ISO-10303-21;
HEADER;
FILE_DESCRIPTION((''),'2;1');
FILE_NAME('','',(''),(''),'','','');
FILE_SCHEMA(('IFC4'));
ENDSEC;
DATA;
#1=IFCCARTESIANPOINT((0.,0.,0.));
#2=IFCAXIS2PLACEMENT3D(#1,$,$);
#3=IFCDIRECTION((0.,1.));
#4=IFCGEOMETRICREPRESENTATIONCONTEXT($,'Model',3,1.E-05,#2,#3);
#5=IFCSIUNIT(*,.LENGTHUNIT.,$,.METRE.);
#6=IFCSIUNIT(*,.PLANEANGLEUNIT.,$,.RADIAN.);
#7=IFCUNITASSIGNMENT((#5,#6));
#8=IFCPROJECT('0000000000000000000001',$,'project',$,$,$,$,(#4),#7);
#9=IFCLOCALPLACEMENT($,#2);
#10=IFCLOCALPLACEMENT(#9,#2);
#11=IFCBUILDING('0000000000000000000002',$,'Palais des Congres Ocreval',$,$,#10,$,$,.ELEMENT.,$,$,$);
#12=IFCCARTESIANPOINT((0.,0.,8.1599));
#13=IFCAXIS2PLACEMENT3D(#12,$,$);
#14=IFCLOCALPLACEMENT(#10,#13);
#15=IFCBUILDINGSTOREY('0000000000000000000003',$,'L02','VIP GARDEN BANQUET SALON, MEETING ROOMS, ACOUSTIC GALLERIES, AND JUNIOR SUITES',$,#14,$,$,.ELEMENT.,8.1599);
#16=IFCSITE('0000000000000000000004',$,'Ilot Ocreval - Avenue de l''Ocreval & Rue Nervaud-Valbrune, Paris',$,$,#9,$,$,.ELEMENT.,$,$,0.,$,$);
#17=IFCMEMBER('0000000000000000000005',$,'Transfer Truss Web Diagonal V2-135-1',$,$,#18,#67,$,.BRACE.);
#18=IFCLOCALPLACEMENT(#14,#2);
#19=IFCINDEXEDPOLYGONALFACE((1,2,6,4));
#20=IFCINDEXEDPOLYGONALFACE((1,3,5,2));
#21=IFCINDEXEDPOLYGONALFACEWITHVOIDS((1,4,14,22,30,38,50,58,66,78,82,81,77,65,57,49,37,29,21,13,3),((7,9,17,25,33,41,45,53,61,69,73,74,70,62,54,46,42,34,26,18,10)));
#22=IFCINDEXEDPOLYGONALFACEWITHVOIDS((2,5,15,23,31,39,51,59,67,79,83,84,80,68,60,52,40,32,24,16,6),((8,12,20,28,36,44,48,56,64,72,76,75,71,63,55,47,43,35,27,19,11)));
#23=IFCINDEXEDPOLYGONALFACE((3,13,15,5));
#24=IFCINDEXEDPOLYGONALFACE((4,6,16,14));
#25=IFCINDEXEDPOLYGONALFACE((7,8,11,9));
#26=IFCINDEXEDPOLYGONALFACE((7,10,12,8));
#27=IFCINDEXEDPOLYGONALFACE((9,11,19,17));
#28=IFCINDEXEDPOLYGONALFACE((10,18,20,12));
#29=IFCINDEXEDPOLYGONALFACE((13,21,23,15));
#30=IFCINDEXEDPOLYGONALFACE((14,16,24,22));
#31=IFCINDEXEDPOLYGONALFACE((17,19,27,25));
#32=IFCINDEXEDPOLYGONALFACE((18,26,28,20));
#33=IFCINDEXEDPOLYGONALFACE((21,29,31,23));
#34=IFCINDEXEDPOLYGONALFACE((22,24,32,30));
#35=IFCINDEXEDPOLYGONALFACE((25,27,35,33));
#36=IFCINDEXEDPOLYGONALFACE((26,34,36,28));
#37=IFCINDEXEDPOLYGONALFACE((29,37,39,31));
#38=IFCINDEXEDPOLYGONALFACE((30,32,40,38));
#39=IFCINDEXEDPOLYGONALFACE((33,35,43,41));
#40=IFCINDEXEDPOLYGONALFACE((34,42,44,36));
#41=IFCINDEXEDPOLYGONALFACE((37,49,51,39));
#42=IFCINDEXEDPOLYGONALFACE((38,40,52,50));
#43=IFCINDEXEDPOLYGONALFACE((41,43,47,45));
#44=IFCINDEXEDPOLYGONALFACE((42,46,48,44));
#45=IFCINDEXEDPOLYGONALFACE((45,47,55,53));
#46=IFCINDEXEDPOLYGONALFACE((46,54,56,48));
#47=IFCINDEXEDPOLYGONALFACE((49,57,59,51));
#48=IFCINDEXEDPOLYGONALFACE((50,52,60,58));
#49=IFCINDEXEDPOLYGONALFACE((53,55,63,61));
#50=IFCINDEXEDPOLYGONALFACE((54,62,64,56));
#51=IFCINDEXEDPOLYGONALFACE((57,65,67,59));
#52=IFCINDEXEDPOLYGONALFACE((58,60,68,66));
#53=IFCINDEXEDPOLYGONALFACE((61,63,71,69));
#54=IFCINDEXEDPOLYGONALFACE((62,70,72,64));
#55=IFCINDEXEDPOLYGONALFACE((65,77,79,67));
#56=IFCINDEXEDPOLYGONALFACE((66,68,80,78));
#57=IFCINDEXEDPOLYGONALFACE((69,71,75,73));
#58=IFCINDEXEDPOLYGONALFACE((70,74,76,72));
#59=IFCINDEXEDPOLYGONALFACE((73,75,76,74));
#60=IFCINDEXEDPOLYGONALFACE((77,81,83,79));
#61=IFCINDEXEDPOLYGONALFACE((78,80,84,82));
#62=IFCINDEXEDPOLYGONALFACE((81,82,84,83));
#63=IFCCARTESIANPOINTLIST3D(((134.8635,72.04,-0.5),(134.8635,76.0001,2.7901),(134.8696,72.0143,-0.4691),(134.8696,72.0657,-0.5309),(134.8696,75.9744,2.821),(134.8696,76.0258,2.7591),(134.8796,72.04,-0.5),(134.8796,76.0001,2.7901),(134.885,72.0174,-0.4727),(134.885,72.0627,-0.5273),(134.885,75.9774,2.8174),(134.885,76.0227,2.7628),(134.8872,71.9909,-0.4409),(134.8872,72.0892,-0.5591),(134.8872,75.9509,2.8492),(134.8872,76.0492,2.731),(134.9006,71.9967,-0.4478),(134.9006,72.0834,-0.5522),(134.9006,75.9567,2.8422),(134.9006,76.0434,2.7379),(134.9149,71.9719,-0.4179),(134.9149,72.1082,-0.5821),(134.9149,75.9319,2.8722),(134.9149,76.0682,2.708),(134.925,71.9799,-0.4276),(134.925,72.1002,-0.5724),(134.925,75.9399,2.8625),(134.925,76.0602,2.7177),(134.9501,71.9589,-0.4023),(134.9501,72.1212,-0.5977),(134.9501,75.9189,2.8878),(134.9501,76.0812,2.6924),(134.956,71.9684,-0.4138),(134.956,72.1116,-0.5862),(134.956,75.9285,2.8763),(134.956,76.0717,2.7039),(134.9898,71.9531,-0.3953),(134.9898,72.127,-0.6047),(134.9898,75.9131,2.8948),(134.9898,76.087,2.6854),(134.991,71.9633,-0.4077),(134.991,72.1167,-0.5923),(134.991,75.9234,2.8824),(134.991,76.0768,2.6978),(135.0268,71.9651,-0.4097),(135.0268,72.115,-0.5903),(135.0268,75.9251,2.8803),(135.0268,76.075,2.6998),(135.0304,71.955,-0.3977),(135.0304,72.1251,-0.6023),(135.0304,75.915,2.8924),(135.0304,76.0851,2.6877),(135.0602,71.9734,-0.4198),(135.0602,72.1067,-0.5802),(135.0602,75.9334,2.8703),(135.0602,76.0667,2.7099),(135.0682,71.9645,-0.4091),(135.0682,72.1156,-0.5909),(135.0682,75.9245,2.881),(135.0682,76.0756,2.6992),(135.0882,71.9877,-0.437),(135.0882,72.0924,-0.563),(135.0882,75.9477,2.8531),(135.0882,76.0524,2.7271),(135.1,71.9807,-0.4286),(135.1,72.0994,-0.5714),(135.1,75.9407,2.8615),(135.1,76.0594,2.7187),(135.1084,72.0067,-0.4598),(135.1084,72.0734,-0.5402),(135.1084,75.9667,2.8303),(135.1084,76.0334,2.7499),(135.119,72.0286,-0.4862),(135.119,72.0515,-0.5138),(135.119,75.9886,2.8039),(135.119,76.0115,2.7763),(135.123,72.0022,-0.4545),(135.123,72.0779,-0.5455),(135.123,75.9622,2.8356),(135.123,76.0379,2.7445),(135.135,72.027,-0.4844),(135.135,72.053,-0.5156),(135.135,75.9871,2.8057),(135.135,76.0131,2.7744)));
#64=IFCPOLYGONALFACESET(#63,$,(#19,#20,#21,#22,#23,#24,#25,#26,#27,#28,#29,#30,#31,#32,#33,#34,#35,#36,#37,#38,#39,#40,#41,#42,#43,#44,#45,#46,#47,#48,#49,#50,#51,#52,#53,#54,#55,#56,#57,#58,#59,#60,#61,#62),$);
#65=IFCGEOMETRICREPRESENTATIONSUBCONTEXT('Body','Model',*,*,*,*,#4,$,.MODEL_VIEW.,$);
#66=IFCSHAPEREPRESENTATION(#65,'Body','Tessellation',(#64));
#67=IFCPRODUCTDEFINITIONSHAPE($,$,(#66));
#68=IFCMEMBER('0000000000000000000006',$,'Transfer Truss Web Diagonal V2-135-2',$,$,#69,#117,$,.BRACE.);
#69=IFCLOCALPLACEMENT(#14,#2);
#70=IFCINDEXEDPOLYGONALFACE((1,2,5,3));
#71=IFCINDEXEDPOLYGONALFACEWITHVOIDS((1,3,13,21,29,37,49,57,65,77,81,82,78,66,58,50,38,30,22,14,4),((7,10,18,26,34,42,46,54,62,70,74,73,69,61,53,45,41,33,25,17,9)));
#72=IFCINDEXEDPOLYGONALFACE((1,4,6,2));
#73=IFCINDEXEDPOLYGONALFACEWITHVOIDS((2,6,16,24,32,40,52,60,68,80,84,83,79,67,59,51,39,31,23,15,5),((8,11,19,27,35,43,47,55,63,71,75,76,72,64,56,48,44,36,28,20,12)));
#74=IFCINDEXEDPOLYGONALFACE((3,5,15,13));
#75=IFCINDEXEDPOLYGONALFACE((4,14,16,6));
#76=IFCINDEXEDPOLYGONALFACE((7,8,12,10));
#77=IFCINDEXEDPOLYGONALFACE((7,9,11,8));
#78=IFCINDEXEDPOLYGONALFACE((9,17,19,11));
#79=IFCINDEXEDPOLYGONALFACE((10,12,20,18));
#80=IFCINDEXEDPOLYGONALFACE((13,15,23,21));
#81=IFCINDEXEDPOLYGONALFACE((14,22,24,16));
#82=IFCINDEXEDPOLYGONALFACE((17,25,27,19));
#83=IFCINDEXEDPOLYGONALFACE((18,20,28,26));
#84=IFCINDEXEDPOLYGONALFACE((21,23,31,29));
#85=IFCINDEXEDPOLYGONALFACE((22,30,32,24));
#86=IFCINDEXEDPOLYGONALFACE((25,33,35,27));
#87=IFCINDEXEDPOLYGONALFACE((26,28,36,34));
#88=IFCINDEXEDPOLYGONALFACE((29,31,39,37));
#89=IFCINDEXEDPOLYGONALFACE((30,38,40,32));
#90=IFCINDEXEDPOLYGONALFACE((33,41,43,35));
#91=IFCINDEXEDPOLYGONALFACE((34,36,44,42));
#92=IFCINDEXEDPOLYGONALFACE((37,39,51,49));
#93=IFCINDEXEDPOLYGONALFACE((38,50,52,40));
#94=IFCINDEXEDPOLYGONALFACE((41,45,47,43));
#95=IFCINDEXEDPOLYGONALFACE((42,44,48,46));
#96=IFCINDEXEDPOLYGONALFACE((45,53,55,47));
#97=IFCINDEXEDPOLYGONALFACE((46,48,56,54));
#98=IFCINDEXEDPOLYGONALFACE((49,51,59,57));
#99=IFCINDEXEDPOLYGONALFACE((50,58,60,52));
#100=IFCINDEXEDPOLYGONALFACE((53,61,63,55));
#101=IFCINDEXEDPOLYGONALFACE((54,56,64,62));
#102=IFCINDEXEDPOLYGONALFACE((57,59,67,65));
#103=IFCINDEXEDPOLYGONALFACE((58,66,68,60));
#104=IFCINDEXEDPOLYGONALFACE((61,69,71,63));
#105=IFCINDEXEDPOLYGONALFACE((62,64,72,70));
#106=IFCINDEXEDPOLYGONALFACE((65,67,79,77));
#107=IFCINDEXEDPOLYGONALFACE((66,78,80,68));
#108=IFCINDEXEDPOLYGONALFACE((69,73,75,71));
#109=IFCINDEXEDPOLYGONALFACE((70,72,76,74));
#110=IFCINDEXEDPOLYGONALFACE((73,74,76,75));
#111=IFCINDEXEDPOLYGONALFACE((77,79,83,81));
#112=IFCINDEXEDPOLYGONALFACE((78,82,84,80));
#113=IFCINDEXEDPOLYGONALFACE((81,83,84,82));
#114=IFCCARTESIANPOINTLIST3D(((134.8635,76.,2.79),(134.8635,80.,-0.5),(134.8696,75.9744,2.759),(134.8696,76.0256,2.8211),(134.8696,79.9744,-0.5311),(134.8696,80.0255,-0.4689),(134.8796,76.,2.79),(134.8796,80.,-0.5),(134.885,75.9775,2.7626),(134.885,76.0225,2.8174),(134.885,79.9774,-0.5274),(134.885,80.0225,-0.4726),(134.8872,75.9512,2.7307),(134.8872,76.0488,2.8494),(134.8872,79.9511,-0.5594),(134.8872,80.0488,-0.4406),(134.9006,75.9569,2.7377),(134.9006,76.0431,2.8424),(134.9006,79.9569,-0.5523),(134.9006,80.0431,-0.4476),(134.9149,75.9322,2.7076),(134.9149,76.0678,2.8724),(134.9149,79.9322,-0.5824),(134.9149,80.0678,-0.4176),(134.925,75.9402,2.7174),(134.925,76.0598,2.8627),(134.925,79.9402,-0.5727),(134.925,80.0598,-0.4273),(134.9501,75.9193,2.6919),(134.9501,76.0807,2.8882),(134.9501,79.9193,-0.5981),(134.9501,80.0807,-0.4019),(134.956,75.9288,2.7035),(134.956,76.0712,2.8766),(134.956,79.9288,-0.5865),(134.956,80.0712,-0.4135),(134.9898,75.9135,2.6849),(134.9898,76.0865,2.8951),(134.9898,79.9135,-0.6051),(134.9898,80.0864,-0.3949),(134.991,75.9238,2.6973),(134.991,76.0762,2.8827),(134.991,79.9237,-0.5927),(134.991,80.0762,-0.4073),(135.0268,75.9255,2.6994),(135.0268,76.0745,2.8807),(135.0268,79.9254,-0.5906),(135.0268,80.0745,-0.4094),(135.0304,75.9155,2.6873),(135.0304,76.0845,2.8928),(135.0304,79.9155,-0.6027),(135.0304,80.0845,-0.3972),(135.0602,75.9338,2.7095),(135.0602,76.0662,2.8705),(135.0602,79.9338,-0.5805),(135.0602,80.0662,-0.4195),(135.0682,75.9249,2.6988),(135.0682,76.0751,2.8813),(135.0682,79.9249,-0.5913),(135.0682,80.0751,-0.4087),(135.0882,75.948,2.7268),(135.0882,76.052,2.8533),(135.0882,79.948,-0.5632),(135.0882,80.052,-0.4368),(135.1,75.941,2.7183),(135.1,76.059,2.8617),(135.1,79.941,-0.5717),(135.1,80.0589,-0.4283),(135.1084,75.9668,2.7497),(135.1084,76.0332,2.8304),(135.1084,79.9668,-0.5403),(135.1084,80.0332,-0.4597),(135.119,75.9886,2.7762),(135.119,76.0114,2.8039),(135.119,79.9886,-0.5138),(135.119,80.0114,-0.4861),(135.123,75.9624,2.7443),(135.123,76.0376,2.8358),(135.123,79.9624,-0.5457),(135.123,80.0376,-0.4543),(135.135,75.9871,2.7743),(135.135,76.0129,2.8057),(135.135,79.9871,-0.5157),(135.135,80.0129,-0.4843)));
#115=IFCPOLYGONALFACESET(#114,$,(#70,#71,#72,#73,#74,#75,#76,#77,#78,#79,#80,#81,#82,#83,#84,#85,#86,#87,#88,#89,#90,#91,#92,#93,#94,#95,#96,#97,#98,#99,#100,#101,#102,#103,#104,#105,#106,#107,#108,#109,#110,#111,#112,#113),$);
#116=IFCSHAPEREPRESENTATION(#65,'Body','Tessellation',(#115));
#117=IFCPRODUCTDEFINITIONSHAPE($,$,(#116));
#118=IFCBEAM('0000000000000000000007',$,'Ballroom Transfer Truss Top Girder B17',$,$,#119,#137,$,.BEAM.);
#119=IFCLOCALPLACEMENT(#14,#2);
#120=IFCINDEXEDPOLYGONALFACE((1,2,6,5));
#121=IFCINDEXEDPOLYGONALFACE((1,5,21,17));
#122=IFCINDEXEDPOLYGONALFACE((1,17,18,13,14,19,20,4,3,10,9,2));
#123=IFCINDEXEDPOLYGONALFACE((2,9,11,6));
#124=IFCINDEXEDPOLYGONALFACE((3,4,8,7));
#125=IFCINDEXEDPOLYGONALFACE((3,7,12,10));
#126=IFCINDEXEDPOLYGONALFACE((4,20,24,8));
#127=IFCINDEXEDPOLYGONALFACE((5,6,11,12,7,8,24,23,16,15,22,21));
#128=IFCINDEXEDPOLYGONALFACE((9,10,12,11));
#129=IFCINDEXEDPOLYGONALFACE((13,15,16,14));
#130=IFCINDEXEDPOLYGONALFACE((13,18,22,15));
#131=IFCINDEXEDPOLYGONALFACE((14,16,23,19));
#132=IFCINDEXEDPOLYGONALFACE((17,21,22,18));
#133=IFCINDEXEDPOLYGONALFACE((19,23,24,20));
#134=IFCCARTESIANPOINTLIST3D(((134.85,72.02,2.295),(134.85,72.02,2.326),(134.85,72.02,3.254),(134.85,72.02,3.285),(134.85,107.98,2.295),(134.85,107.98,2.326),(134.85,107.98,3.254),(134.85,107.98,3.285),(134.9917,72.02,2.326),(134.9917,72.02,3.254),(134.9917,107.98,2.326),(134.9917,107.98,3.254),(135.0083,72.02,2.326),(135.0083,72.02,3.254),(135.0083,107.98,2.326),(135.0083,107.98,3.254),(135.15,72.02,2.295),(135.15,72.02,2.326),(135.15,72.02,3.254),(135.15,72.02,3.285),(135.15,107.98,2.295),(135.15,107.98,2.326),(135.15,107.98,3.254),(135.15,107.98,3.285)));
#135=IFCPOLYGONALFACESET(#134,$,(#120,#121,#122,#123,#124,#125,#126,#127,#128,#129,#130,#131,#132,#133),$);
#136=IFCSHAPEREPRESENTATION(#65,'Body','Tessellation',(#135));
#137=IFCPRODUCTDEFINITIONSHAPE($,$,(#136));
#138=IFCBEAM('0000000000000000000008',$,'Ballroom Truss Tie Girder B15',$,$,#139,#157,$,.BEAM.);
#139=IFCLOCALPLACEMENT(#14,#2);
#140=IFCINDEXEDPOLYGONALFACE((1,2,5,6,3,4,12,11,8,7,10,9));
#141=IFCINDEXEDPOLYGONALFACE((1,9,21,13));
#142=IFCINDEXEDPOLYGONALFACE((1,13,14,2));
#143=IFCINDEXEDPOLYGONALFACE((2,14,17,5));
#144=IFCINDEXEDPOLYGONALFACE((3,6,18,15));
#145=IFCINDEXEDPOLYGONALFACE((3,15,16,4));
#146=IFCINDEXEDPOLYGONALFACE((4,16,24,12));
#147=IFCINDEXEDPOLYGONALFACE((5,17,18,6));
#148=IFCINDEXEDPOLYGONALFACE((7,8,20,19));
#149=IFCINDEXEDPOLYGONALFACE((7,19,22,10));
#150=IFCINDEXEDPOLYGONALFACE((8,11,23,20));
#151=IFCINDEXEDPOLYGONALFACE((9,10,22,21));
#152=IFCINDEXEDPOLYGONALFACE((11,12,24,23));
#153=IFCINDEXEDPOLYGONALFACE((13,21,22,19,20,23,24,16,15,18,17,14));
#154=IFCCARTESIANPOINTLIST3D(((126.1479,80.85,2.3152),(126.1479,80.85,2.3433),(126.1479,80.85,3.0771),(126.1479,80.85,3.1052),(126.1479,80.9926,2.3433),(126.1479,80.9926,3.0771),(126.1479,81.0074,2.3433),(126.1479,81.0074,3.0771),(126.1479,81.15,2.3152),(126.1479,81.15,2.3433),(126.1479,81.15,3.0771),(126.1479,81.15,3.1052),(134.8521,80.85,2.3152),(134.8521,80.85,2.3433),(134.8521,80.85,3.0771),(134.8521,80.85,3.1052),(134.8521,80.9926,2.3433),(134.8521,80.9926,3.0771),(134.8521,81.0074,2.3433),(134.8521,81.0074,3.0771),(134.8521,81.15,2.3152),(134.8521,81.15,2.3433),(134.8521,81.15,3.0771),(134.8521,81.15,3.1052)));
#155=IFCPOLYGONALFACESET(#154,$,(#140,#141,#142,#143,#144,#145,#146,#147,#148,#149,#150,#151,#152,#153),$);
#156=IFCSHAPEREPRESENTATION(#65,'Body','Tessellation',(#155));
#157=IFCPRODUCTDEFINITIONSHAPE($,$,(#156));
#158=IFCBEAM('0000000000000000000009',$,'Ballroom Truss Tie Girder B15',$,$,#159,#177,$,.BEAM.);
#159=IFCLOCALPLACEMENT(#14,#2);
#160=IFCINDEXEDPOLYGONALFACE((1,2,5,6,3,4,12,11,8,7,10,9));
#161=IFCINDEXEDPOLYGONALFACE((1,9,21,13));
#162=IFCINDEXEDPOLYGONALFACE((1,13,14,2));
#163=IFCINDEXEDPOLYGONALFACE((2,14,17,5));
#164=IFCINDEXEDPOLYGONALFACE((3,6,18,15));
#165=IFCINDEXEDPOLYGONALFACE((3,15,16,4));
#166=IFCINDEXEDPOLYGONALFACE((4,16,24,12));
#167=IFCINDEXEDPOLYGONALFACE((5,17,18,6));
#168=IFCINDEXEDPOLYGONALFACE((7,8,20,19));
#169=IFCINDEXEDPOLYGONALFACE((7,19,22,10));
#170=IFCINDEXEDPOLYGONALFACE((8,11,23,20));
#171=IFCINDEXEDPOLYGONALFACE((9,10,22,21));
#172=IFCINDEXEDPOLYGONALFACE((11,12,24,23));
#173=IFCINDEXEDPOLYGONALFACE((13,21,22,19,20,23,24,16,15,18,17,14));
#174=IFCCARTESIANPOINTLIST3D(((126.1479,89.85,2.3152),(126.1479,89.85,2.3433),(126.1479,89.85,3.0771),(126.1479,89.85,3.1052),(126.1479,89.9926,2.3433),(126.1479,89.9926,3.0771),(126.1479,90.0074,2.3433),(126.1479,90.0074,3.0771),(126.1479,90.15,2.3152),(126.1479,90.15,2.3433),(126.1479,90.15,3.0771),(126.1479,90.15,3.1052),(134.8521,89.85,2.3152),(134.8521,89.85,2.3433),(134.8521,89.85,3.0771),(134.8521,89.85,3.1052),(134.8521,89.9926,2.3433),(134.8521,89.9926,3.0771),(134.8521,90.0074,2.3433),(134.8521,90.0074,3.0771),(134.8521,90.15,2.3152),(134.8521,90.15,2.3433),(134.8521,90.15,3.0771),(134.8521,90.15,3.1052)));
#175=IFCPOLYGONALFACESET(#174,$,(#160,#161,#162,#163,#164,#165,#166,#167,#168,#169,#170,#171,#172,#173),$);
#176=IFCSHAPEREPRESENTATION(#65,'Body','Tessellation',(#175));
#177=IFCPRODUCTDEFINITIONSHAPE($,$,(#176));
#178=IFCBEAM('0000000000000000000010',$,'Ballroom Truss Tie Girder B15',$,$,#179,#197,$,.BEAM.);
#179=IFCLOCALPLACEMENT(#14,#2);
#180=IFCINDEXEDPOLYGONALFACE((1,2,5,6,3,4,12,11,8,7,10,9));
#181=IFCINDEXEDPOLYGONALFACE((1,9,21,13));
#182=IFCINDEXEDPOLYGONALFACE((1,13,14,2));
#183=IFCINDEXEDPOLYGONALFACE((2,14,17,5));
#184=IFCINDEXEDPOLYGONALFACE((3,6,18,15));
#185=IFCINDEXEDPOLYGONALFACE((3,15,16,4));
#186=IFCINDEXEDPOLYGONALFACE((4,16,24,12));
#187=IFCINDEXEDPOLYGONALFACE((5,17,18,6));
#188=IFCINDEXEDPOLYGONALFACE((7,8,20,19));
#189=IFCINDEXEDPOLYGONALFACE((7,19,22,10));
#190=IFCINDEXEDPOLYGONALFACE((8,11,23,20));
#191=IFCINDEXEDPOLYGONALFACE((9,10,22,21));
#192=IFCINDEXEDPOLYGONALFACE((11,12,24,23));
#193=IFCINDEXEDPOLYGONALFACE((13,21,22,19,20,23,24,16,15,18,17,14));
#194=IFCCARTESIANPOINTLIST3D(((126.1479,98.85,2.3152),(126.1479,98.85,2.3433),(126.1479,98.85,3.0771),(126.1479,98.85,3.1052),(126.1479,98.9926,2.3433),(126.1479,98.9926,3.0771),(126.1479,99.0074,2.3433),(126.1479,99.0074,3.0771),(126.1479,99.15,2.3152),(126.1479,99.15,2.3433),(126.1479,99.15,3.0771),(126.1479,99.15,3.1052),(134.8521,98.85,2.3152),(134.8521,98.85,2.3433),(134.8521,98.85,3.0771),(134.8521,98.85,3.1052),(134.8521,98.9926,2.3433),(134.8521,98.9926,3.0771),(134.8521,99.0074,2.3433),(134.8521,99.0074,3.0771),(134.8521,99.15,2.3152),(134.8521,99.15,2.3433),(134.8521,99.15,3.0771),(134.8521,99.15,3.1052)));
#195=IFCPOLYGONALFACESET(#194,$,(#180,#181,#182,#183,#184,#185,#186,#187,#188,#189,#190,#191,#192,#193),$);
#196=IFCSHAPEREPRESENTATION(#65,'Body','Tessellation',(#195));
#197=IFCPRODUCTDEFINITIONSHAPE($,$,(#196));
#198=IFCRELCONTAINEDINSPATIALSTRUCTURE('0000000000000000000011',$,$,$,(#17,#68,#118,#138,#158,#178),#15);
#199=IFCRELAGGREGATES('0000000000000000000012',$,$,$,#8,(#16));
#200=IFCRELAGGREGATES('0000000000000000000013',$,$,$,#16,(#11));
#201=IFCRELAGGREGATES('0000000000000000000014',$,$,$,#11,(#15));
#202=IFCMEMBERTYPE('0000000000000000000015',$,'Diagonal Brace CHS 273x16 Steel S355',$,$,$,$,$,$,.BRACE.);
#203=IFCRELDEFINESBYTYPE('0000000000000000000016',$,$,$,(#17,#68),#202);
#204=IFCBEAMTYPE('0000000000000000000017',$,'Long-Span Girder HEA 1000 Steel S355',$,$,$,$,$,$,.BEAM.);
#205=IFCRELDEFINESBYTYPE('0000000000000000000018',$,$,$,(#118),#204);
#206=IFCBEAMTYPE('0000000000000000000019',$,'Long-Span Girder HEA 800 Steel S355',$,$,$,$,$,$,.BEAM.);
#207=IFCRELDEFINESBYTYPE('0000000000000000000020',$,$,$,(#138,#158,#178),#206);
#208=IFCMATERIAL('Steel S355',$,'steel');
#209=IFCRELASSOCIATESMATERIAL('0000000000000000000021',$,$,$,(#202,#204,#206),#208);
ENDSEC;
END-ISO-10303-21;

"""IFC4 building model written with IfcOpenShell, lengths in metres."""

from ifc_helpers import new_model, si_unit, direction, frame, origin, origin_2d, place, context, subcontext, project, spatial, hollow_circle, i_section, extrude, material, material_profile, profile_set, type_object, element, save


model = new_model("IFC4")

# Units and contexts
model_context = context("Model", 3, precision=1e-05, world=origin(), true_north=direction((0.0, 1.0)))
body_context = subcontext(model_context, "Body", "Model", "MODEL_VIEW")
ifc_project = project(units=[si_unit("LENGTHUNIT", "METRE"), si_unit("PLANEANGLEUNIT", "RADIAN")], contexts=[model_context])

# Site, building, storey
site_placement = place(None, origin())
site = spatial("IfcSite", under=ifc_project, at=site_placement, Name="Ilot Ocreval - Avenue de l'Ocreval & Rue Nervaud-Valbrune, Paris", CompositionType="ELEMENT", RefElevation=0.0)
building_placement = place(site_placement, origin())
building = spatial("IfcBuilding", under=site, at=building_placement, Name="Palais des Congres Ocreval", CompositionType="ELEMENT")
storey_placement = place(building_placement, frame((0.0, 0.0, 8.1599)))
storey = spatial("IfcBuildingStorey", under=building, at=storey_placement, Name="L02", Description="VIP GARDEN BANQUET SALON, MEETING ROOMS, ACOUSTIC GALLERIES, AND JUNIOR SUITES", CompositionType="ELEMENT", Elevation=8.1599)

# Members
ifc_material_1 = material(Name="Steel S355", Category="steel")
ifc_material_profile_1 = material_profile(ifc_material_1, hollow_circle(Radius=0.1365, WallThickness=0.0161, at=origin_2d()), Name="CHS 273x16")
ifc_profile_set_1 = profile_set([ifc_material_profile_1], Name="Steel S355")
member_type_1 = type_object("IfcMemberType", Name="Diagonal Brace CHS 273x16 Steel S355", PredefinedType="BRACE", material=ifc_profile_set_1)
member_1_placement = place(storey_placement, frame((135.0, 72.04, -0.5), z_axis=(0.0, 0.769169, 0.639046), x_axis=(-1.0, 0.0, 0.0)))
element("IfcMember", 1, at=member_1_placement, inside=storey, type_object=member_type_1, Name="Transfer Truss Web Diagonal V2-135-1", PredefinedType="BRACE", context=body_context, shape_type="SweptSolid", body=[
    extrude(hollow_circle(Radius=0.1365, WallThickness=0.0161, at=origin_2d()), origin(), (0.0, 0.0, 1.0), 5.1484),
])
member_2_placement = place(storey_placement, frame((135.0, 76.0, 2.79), z_axis=(0.0, 0.772317, -0.635238), x_axis=(-1.0, 0.0, 0.0)))
element("IfcMember", 2, at=member_2_placement, inside=storey, type_object=member_type_1, Name="Transfer Truss Web Diagonal V2-135-2", PredefinedType="BRACE", context=body_context, shape_type="SweptSolid", body=[
    extrude(hollow_circle(Radius=0.1365, WallThickness=0.0161, at=origin_2d()), origin(), (0.0, 0.0, 1.0), 5.1792),
])

# Beams
ifc_material_profile_2 = material_profile(ifc_material_1, i_section(OverallWidth=0.3, OverallDepth=0.99, WebThickness=0.0166, FlangeThickness=0.031, at=origin_2d()), Name="HEA 1000")
ifc_profile_set_2 = profile_set([ifc_material_profile_2], Name="Steel S355")
beam_type_1 = type_object("IfcBeamType", Name="Long-Span Girder HEA 1000 Steel S355", PredefinedType="BEAM", material=ifc_profile_set_2)
beam_placement = place(storey_placement, frame((135.0, 72.02, 2.79), z_axis=(0.0, 1.0, 0.0), x_axis=(-1.0, 0.0, 0.0)))
element("IfcBeam", 3, at=beam_placement, inside=storey, type_object=beam_type_1, Name="Ballroom Transfer Truss Top Girder B17", PredefinedType="BEAM", context=body_context, shape_type="SweptSolid", body=[
    extrude(i_section(OverallWidth=0.3, OverallDepth=0.99, WebThickness=0.0166, FlangeThickness=0.031, at=origin_2d()), origin(), (0.0, 0.0, 1.0), 35.96),
])
ifc_material_profile_3 = material_profile(ifc_material_1, i_section(OverallWidth=0.3, OverallDepth=0.79, WebThickness=0.0149, FlangeThickness=0.0281, at=origin_2d()), Name="HEA 800")
ifc_profile_set_3 = profile_set([ifc_material_profile_3], Name="Steel S355")
beam_type_2 = type_object("IfcBeamType", Name="Long-Span Girder HEA 800 Steel S355", PredefinedType="BEAM", material=ifc_profile_set_3)
for number, where, z_axis, x_axis, name in (
    (4, (126.1479, 81.0, 2.7102), (1.0, 0.0, 0.0), (0.0, 1.0, 0.0), "Ballroom Truss Tie Girder B15"),
    (5, (126.1479, 90.0, 2.7102), (1.0, 0.0, 0.0), (0.0, 1.0, 0.0), "Ballroom Truss Tie Girder B15"),
    (6, (126.1479, 99.0, 2.7102), (1.0, 0.0, 0.0), (0.0, 1.0, 0.0), "Ballroom Truss Tie Girder B15"),
):
    element("IfcBeam", number, at=place(storey_placement, frame(where, z_axis=z_axis, x_axis=x_axis)), inside=storey, type_object=beam_type_2, Name=name, PredefinedType="BEAM", context=body_context, shape_type="SweptSolid", body=[
        extrude(i_section(OverallWidth=0.3, OverallDepth=0.79, WebThickness=0.0149, FlangeThickness=0.0281, at=origin_2d()), origin(), (0.0, 0.0, 1.0), 8.7041),
    ])

save(model, "model.ifc")
